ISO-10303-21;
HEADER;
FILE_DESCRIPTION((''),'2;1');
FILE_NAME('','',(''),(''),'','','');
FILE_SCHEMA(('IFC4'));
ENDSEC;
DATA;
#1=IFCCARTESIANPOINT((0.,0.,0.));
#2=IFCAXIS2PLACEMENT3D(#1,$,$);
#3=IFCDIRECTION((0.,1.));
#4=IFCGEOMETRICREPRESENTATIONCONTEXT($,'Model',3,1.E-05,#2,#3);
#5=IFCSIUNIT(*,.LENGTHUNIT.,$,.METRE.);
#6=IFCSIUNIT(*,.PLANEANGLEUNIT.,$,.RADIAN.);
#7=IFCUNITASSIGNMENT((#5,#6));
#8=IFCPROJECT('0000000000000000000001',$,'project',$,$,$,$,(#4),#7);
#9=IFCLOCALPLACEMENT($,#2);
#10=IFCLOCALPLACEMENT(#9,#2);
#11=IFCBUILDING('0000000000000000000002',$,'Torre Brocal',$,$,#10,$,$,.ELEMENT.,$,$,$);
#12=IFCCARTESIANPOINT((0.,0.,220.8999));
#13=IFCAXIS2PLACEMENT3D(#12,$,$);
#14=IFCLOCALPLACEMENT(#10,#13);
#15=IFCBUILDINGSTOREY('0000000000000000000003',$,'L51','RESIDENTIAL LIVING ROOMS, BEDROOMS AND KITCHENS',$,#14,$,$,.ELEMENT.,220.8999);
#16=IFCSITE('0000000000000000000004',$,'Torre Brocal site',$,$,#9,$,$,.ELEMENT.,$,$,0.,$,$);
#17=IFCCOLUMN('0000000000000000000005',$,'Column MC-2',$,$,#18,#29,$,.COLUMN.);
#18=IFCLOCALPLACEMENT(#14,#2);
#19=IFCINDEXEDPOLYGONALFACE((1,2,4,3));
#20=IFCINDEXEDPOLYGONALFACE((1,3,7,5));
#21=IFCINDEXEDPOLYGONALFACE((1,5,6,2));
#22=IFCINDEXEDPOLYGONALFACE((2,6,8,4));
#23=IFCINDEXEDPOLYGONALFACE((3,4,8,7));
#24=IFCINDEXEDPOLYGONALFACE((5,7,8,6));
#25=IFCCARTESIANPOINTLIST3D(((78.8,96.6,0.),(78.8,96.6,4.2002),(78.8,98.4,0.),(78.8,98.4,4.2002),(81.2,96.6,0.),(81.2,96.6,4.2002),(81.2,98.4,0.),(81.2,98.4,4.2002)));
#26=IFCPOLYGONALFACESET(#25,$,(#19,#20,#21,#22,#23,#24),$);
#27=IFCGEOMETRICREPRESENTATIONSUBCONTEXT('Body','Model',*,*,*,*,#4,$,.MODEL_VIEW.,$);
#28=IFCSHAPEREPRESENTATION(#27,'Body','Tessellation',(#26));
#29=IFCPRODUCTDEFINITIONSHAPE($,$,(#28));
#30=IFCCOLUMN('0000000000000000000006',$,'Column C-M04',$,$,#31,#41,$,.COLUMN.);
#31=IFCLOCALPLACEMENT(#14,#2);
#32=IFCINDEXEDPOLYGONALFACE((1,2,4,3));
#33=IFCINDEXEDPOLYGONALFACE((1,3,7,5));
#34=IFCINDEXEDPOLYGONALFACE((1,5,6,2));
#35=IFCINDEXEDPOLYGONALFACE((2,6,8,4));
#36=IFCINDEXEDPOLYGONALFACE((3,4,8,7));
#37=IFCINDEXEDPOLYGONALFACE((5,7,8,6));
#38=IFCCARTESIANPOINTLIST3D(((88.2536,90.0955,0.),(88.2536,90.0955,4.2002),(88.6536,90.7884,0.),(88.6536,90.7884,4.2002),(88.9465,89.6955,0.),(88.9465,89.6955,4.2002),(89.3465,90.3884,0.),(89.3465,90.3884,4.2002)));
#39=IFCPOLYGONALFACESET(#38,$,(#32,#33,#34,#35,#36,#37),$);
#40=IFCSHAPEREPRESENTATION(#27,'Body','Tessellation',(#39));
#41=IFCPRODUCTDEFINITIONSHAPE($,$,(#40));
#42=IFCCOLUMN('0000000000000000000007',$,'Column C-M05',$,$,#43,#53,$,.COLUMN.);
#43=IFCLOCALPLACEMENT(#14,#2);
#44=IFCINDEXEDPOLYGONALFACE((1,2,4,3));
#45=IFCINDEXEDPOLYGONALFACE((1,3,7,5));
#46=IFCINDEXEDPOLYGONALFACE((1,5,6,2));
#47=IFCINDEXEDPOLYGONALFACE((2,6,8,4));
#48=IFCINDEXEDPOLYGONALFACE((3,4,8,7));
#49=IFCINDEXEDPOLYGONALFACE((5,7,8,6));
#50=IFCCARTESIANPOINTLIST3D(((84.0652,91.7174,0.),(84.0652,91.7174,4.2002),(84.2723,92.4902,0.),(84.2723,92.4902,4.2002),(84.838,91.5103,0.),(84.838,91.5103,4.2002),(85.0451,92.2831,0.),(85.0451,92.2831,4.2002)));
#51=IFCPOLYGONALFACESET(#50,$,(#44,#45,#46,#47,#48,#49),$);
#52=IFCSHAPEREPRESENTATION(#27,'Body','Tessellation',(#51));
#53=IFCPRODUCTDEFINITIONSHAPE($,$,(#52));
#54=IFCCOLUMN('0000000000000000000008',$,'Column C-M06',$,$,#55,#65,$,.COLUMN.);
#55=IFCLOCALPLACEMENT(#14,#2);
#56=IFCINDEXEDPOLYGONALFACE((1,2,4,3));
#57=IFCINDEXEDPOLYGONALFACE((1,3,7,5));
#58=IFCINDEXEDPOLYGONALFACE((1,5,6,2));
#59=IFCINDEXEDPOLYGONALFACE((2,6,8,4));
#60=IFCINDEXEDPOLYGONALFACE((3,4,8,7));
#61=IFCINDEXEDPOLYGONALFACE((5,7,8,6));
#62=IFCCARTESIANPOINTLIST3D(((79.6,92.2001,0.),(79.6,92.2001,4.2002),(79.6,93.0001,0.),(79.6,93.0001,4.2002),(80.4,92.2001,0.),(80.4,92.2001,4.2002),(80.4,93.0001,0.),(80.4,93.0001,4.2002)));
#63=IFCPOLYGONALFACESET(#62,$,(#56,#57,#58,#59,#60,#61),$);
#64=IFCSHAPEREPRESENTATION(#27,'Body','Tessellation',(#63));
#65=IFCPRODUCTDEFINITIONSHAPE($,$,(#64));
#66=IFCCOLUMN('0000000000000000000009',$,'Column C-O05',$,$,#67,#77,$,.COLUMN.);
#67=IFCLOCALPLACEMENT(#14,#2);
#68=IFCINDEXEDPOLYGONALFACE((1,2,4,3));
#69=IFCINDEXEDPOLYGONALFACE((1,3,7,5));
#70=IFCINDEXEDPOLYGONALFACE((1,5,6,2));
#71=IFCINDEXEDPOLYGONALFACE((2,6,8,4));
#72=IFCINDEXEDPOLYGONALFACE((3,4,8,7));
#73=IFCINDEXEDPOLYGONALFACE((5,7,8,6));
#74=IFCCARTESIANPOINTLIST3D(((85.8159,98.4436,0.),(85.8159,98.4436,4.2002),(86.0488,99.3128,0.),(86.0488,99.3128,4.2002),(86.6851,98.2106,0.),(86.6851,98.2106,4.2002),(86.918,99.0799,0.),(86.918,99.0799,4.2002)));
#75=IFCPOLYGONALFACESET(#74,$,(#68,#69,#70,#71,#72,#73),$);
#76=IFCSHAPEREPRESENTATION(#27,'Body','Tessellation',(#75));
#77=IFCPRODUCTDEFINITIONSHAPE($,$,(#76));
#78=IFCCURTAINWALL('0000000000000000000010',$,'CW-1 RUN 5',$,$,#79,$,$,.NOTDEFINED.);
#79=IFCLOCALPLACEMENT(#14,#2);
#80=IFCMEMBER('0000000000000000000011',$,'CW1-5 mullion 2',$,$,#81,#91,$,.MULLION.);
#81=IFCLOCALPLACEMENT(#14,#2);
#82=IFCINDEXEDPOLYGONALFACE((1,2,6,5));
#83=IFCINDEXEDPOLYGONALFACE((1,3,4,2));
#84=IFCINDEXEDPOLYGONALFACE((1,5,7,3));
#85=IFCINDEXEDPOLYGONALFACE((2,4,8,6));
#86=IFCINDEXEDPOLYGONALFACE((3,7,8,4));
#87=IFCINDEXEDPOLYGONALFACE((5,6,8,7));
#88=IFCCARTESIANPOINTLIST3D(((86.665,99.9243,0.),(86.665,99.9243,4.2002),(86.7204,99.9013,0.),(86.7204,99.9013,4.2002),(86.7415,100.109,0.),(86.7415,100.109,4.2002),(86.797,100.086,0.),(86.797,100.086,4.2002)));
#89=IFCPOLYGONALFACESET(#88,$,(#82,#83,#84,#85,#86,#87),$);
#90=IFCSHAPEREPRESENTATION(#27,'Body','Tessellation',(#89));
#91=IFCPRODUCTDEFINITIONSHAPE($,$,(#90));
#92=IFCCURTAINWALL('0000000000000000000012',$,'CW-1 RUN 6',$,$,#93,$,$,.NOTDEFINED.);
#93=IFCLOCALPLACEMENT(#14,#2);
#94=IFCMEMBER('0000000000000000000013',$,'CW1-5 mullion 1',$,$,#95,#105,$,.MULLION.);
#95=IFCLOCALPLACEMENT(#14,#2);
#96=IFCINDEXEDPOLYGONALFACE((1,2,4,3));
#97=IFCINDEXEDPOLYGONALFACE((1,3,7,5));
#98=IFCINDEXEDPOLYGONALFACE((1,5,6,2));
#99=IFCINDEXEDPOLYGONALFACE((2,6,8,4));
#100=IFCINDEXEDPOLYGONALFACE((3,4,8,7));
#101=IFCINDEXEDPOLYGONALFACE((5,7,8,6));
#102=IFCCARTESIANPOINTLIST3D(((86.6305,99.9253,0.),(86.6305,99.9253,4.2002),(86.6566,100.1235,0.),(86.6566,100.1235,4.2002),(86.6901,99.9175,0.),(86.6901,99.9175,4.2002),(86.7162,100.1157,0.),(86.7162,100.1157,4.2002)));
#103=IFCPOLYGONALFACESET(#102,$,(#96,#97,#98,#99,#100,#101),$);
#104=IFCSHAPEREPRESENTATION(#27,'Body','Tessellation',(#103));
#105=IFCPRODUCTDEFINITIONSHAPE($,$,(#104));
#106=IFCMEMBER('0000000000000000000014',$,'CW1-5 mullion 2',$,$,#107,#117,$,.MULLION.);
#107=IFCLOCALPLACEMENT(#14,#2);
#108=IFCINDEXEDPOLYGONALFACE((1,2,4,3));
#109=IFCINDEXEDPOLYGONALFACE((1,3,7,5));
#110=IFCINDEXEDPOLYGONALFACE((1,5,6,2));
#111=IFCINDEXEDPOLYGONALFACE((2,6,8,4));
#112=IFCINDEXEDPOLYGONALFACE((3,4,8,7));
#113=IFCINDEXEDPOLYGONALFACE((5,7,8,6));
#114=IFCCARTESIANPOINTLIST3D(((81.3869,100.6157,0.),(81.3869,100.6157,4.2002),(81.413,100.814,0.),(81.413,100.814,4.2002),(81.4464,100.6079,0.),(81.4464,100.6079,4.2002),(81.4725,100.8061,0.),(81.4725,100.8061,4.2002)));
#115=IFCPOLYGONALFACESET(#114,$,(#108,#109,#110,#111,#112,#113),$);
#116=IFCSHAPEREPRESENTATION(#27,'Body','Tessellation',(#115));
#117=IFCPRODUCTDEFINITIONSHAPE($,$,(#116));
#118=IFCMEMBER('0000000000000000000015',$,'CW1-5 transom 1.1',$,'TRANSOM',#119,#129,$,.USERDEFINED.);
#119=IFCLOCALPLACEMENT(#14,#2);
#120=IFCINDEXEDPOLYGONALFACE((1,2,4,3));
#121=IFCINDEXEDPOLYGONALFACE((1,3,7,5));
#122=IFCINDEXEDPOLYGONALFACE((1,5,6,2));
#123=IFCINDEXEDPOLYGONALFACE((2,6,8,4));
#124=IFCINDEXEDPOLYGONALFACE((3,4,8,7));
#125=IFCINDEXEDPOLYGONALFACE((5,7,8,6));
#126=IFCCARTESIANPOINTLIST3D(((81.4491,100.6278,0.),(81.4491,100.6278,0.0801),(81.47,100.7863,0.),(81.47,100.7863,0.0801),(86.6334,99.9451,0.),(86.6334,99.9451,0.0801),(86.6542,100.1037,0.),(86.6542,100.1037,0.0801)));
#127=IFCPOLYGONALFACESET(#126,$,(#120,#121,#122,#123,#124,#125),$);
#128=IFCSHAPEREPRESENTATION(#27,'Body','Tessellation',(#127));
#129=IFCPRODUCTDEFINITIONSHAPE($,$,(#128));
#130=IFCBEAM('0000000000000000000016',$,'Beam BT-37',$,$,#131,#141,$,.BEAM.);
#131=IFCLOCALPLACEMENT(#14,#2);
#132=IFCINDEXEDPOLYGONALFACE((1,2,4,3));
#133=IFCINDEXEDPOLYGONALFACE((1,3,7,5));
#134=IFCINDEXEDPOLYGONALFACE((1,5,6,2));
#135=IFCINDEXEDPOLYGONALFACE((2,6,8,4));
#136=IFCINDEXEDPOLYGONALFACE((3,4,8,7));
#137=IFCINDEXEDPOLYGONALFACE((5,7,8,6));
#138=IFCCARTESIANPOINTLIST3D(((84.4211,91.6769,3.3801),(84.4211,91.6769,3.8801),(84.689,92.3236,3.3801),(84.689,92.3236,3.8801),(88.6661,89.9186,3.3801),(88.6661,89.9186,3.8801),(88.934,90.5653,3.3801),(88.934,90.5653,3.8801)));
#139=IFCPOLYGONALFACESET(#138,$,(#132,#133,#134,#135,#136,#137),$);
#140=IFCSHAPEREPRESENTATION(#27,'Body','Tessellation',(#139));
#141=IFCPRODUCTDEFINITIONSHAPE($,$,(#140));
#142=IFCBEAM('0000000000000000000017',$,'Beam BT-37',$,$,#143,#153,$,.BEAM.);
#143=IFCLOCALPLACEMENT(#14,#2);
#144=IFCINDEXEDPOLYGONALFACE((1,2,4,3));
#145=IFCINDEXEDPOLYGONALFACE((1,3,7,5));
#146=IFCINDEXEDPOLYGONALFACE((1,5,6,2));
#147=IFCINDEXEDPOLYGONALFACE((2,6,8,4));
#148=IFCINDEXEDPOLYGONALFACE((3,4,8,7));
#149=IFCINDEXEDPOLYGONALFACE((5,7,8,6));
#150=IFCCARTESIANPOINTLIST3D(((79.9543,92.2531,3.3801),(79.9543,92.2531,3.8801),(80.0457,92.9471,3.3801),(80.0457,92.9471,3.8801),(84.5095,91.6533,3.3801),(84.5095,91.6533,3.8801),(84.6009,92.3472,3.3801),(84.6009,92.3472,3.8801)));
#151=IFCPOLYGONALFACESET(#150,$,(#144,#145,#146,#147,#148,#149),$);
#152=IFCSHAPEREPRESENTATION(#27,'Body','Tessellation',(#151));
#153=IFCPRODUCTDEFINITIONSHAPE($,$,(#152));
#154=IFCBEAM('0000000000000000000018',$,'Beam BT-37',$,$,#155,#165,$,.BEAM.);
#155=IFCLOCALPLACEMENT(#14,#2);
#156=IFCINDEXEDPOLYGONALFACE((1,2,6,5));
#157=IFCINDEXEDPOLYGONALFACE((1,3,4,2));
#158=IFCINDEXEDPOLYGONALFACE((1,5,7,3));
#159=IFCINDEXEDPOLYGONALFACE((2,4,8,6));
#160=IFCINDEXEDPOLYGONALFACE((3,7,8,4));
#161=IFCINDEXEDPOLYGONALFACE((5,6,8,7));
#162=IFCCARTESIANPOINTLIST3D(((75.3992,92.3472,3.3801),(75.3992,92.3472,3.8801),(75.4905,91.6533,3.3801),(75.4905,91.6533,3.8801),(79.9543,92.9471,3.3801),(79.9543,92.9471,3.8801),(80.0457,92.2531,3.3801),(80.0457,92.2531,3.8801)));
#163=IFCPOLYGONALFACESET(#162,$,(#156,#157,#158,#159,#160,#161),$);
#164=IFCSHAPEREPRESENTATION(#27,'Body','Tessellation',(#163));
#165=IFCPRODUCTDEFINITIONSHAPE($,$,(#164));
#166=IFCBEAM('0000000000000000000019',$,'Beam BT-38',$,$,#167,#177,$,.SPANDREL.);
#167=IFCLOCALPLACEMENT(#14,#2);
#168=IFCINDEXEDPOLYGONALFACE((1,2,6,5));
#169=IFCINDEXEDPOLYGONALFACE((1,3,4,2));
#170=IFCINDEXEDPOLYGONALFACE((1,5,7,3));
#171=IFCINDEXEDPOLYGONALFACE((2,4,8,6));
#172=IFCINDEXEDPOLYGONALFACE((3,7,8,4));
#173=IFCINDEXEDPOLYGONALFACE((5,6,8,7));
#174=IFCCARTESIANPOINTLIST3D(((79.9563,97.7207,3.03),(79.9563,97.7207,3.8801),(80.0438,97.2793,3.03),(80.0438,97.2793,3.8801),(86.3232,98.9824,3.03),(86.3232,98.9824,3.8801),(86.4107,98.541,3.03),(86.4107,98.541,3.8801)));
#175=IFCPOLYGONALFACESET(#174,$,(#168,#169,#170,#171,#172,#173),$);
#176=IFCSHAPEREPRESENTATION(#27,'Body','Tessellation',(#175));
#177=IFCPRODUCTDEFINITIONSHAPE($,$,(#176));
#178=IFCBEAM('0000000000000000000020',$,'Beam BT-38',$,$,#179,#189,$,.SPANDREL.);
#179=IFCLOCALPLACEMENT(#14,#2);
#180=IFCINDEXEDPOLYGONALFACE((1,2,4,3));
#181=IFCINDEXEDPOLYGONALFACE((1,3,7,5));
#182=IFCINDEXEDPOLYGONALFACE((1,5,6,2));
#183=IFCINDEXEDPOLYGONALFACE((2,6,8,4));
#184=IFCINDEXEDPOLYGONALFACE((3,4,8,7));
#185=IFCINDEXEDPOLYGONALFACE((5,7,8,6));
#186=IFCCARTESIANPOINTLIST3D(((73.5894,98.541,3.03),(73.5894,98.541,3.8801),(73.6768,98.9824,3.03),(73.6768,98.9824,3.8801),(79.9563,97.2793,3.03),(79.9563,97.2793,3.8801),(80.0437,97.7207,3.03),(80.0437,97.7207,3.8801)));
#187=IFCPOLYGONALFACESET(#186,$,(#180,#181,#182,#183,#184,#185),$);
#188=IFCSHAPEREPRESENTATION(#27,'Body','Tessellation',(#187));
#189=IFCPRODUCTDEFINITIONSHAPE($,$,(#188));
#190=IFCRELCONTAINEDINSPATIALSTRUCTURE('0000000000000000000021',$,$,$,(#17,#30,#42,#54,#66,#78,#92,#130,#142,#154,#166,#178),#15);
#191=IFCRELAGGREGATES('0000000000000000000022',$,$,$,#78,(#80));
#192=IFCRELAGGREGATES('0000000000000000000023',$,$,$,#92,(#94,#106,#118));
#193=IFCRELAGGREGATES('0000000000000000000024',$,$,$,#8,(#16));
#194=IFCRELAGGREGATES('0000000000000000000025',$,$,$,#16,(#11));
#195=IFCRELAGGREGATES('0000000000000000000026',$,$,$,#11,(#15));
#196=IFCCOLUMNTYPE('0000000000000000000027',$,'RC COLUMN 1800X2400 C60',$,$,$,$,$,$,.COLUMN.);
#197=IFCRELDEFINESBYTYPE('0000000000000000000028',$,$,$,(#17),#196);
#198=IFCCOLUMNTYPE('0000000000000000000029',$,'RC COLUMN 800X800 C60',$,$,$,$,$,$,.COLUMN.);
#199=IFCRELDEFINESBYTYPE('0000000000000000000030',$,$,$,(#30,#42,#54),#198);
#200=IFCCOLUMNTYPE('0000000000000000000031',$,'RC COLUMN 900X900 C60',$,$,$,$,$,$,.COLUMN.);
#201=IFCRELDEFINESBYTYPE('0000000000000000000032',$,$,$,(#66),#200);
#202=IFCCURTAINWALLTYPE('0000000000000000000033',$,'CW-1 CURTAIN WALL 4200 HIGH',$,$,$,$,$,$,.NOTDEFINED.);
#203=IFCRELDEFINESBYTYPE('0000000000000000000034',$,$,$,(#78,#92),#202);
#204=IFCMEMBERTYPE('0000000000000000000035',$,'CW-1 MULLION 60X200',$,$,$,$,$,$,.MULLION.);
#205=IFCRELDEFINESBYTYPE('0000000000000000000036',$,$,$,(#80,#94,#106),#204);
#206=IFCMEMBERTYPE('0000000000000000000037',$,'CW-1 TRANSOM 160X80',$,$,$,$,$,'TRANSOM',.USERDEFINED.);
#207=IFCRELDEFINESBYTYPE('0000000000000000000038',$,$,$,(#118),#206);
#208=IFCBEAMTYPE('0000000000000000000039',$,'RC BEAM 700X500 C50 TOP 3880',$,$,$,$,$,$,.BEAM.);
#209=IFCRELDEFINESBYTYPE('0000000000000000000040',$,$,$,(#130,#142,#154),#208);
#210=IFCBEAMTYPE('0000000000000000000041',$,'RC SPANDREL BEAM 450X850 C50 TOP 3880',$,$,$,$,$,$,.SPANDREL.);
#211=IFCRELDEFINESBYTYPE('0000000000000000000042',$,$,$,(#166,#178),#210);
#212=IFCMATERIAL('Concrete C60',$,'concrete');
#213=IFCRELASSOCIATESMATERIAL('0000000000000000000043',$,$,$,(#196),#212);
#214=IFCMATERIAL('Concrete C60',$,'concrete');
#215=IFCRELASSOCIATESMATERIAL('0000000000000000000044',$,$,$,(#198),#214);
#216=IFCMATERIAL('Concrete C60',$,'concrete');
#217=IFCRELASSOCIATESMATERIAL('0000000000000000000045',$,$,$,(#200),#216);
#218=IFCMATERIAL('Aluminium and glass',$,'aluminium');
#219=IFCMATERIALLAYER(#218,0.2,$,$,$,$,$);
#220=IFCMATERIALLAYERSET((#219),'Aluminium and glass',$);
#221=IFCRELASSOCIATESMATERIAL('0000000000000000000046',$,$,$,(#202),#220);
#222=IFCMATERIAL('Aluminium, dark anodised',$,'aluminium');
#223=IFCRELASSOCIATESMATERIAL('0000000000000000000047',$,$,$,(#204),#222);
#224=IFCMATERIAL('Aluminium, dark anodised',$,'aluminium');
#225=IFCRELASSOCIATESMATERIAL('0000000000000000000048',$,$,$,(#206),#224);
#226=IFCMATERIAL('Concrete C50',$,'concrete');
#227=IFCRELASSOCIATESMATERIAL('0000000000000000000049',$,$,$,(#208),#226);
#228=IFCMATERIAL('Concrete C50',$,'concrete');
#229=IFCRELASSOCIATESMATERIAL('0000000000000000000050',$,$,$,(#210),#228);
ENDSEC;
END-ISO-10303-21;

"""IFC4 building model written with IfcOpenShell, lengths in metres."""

from ifc_helpers import new_model, si_unit, direction, frame, origin, origin_2d, place, context, subcontext, project, spatial, rectangle, extrude, material, layer, layer_set, material_profile, profile_set, type_object, element, aggregate, save


model = new_model("IFC4")

# Units and contexts
model_context = context("Model", 3, precision=1e-05, world=origin(), true_north=direction((0.0, 1.0)))
body_context = subcontext(model_context, "Body", "Model", "MODEL_VIEW")
ifc_project = project(units=[si_unit("LENGTHUNIT", "METRE"), si_unit("PLANEANGLEUNIT", "RADIAN")], contexts=[model_context])

# Site, building, storey
site_placement = place(None, origin())
site = spatial("IfcSite", under=ifc_project, at=site_placement, Name="Torre Brocal site", CompositionType="ELEMENT", RefElevation=0.0)
building_placement = place(site_placement, origin())
building = spatial("IfcBuilding", under=site, at=building_placement, Name="Torre Brocal", CompositionType="ELEMENT")
storey_placement = place(building_placement, frame((0.0, 0.0, 220.8999)))
storey = spatial("IfcBuildingStorey", under=building, at=storey_placement, Name="L51", Description="RESIDENTIAL LIVING ROOMS, BEDROOMS AND KITCHENS", CompositionType="ELEMENT", Elevation=220.8999)

# Columns
ifc_material_1 = material(Name="Concrete C60", Category="concrete")
ifc_material_profile_1 = material_profile(ifc_material_1, rectangle(XDim=1.8, YDim=2.3999, at=origin_2d()), Name="RC 1800X2400")
ifc_profile_set_1 = profile_set([ifc_material_profile_1], Name="Concrete C60")
column_type_1 = type_object("IfcColumnType", Name="RC COLUMN 1800X2400 C60", PredefinedType="COLUMN", material=ifc_profile_set_1)
column_1_placement = place(storey_placement, frame((80.0, 97.5, 0.0), z_axis=(0.0, 0.0, 1.0), x_axis=(0.0, 1.0, 0.0)))
element("IfcColumn", 1, at=column_1_placement, inside=storey, type_object=column_type_1, Name="Column MC-2", PredefinedType="COLUMN", context=body_context, shape_type="SweptSolid", body=[
    extrude(rectangle(XDim=1.8, YDim=2.3999, at=origin_2d()), origin(), (0.0, 0.0, 1.0), 4.2002),
])
ifc_material_2 = material(Name="Concrete C60", Category="concrete")
ifc_material_profile_2 = material_profile(ifc_material_2, rectangle(XDim=0.8, YDim=0.8, at=origin_2d()), Name="RC 800X800")
ifc_profile_set_2 = profile_set([ifc_material_profile_2], Name="Concrete C60")
column_type_2 = type_object("IfcColumnType", Name="RC COLUMN 800X800 C60", PredefinedType="COLUMN", material=ifc_profile_set_2)
for number, where, z_axis, x_axis, name in (
    (2, (88.8, 90.2419, 0.0), (0.0, 0.0, 1.0), (0.5, 0.866025, 0.0), "Column C-M04"),
    (3, (84.5552, 92.0002, 0.0), (0.0, 0.0, 1.0), (0.258819, 0.965926, 0.0), "Column C-M05"),
    (4, (80.0, 92.6001, 0.0), (0.0, 0.0, 1.0), (0.0, 1.0, 0.0), "Column C-M06"),
):
    element("IfcColumn", number, at=place(storey_placement, frame(where, z_axis=z_axis, x_axis=x_axis)), inside=storey, type_object=column_type_2, Name=name, PredefinedType="COLUMN", context=body_context, shape_type="SweptSolid", body=[
        extrude(rectangle(XDim=0.8, YDim=0.8, at=origin_2d()), origin(), (0.0, 0.0, 1.0), 4.2002),
    ])
ifc_material_3 = material(Name="Concrete C60", Category="concrete")
ifc_material_profile_3 = material_profile(ifc_material_3, rectangle(XDim=0.8999, YDim=0.8999, at=origin_2d()), Name="RC 900X900")
ifc_profile_set_3 = profile_set([ifc_material_profile_3], Name="Concrete C60")
column_type_3 = type_object("IfcColumnType", Name="RC COLUMN 900X900 C60", PredefinedType="COLUMN", material=ifc_profile_set_3)
column_2_placement = place(storey_placement, frame((86.3669, 98.7617, 0.0), z_axis=(0.0, 0.0, 1.0), x_axis=(0.258819, 0.965926, 0.0)))
element("IfcColumn", 5, at=column_2_placement, inside=storey, type_object=column_type_3, Name="Column C-O05", PredefinedType="COLUMN", context=body_context, shape_type="SweptSolid", body=[
    extrude(rectangle(XDim=0.8999, YDim=0.8999, at=origin_2d()), origin(), (0.0, 0.0, 1.0), 4.2002),
])

# Curtain wall, member
ifc_material_4 = material(Name="Aluminium and glass", Category="aluminium")
ifc_layer_1 = layer(ifc_material_4, 0.2)
ifc_layer_set_1 = layer_set([ifc_layer_1], Name="Aluminium and glass")
curtain_wall_type = type_object("IfcCurtainWallType", Name="CW-1 CURTAIN WALL 4200 HIGH", PredefinedType="NOTDEFINED", material=ifc_layer_set_1)
curtain_wall_1_placement = place(storey_placement, origin())
curtain_wall_1 = element("IfcCurtainWall", 6, at=curtain_wall_1_placement, inside=storey, type_object=curtain_wall_type, Name="CW-1 RUN 5", PredefinedType="NOTDEFINED")
ifc_material_5 = material(Name="Aluminium, dark anodised", Category="aluminium")
ifc_material_profile_4 = material_profile(ifc_material_5, rectangle(XDim=0.2, YDim=0.0601, at=origin_2d()), Name="CW-1 MULLION 60X200")
ifc_profile_set_4 = profile_set([ifc_material_profile_4], Name="Aluminium, dark anodised")
member_type_1 = type_object("IfcMemberType", Name="CW-1 MULLION 60X200", PredefinedType="MULLION", material=ifc_profile_set_4)
member_1_placement = place(storey_placement, frame((86.731, 100.0051, 0.0), z_axis=(0.0, 0.0, 1.0), x_axis=(-0.382683, -0.92388, 0.0)))
member_1 = element("IfcMember", 7, at=member_1_placement, type_object=member_type_1, Name="CW1-5 mullion 2", PredefinedType="MULLION", context=body_context, shape_type="SweptSolid", body=[
    extrude(rectangle(XDim=0.2, YDim=0.0601, at=origin_2d()), origin(), (0.0, 0.0, 1.0), 4.2002),
])

# Curtain wall, members
curtain_wall_2_placement = place(storey_placement, origin())
curtain_wall_2 = element("IfcCurtainWall", 8, at=curtain_wall_2_placement, inside=storey, type_object=curtain_wall_type, Name="CW-1 RUN 6", PredefinedType="NOTDEFINED")
member_2_placement = place(storey_placement, frame((86.6733, 100.0205, 0.0), z_axis=(0.0, 0.0, 1.0), x_axis=(-0.130526, -0.991445, 0.0)))
member_2 = element("IfcMember", 9, at=member_2_placement, type_object=member_type_1, Name="CW1-5 mullion 1", PredefinedType="MULLION", context=body_context, shape_type="SweptSolid", body=[
    extrude(rectangle(XDim=0.2, YDim=0.0601, at=origin_2d()), origin(), (0.0, 0.0, 1.0), 4.2002),
])
member_3_placement = place(storey_placement, frame((81.4297, 100.7109, 0.0), z_axis=(0.0, 0.0, 1.0), x_axis=(-0.130526, -0.991445, 0.0)))
member_3 = element("IfcMember", 10, at=member_3_placement, type_object=member_type_1, Name="CW1-5 mullion 2", PredefinedType="MULLION", context=body_context, shape_type="SweptSolid", body=[
    extrude(rectangle(XDim=0.2, YDim=0.0601, at=origin_2d()), origin(), (0.0, 0.0, 1.0), 4.2002),
])
ifc_material_6 = material(Name="Aluminium, dark anodised", Category="aluminium")
ifc_material_profile_5 = material_profile(ifc_material_6, rectangle(XDim=0.1599, YDim=0.0801, at=origin_2d()), Name="CW-1 TRANSOM 160X80")
ifc_profile_set_5 = profile_set([ifc_material_profile_5], Name="Aluminium, dark anodised")
member_type_2 = type_object("IfcMemberType", Name="CW-1 TRANSOM 160X80", ElementType="TRANSOM", PredefinedType="USERDEFINED", material=ifc_profile_set_5)
member_4_placement = place(storey_placement, frame((86.6438, 100.0244, 0.04), z_axis=(-0.991443, 0.130543, 0.0), x_axis=(-0.130543, -0.991443, 0.0)))
member_4 = element("IfcMember", 11, at=member_4_placement, type_object=member_type_2, Name="CW1-5 transom 1.1", ObjectType="TRANSOM", PredefinedType="USERDEFINED", context=body_context, shape_type="SweptSolid", body=[
    extrude(rectangle(XDim=0.1599, YDim=0.0801, at=origin_2d()), origin(), (0.0, 0.0, 1.0), 5.229),
])

# Beams
ifc_material_7 = material(Name="Concrete C50", Category="concrete")
ifc_material_profile_6 = material_profile(ifc_material_7, rectangle(XDim=0.7, YDim=0.5, at=origin_2d()), Name="RC 700X500")
ifc_profile_set_6 = profile_set([ifc_material_profile_6], Name="Concrete C50")
beam_type_1 = type_object("IfcBeamType", Name="RC BEAM 700X500 C50 TOP 3880", PredefinedType="BEAM", material=ifc_profile_set_6)
beam_placement = place(storey_placement, frame((88.8, 90.2419, 3.6301), z_axis=(-0.923878, 0.382687, 0.0), x_axis=(-0.382687, -0.923878, 0.0)))
element("IfcBeam", 12, at=beam_placement, inside=storey, type_object=beam_type_1, Name="Beam BT-37", PredefinedType="BEAM", context=body_context, shape_type="SweptSolid", body=[
    extrude(rectangle(XDim=0.7, YDim=0.5, at=origin_2d()), origin(), (0.0, 0.0, 1.0), 4.5947),
])
for number, where, z_axis, x_axis, name in (
    (13, (84.5552, 92.0002, 3.6301), (-0.991441, 0.130559, 0.0), (-0.130559, -0.991441, 0.0), "Beam BT-37"),
    (14, (80.0, 92.6001, 3.6301), (-0.991441, -0.130559, 0.0), (0.130559, -0.991441, 0.0), "Beam BT-37"),
):
    element("IfcBeam", number, at=place(storey_placement, frame(where, z_axis=z_axis, x_axis=x_axis)), inside=storey, type_object=beam_type_1, Name=name, PredefinedType="BEAM", context=body_context, shape_type="SweptSolid", body=[
        extrude(rectangle(XDim=0.7, YDim=0.5, at=origin_2d()), origin(), (0.0, 0.0, 1.0), 4.5945),
    ])
ifc_material_8 = material(Name="Concrete C50", Category="concrete")
ifc_material_profile_7 = material_profile(ifc_material_8, rectangle(XDim=0.45, YDim=0.8501, at=origin_2d()), Name="RC 450X850")
ifc_profile_set_7 = profile_set([ifc_material_profile_7], Name="Concrete C50")
beam_type_2 = type_object("IfcBeamType", Name="RC SPANDREL BEAM 450X850 C50 TOP 3880", PredefinedType="SPANDREL", material=ifc_profile_set_7)
for number, where, z_axis, x_axis, name in (
    (15, (86.3669, 98.7617, 3.4551), (-0.980925, -0.194387, 0.0), (0.194387, -0.980925, 0.0), "Beam BT-38"),
    (16, (80.0, 97.5, 3.4551), (-0.980925, 0.194387, 0.0), (-0.194387, -0.980925, 0.0), "Beam BT-38"),
):
    element("IfcBeam", number, at=place(storey_placement, frame(where, z_axis=z_axis, x_axis=x_axis)), inside=storey, type_object=beam_type_2, Name=name, PredefinedType="SPANDREL", context=body_context, shape_type="SweptSolid", body=[
        extrude(rectangle(XDim=0.45, YDim=0.8501, at=origin_2d()), origin(), (0.0, 0.0, 1.0), 6.4907),
    ])

aggregate(curtain_wall_1, [member_1])
aggregate(curtain_wall_2, [member_2, member_3, member_4])

save(model, "model.ifc")
